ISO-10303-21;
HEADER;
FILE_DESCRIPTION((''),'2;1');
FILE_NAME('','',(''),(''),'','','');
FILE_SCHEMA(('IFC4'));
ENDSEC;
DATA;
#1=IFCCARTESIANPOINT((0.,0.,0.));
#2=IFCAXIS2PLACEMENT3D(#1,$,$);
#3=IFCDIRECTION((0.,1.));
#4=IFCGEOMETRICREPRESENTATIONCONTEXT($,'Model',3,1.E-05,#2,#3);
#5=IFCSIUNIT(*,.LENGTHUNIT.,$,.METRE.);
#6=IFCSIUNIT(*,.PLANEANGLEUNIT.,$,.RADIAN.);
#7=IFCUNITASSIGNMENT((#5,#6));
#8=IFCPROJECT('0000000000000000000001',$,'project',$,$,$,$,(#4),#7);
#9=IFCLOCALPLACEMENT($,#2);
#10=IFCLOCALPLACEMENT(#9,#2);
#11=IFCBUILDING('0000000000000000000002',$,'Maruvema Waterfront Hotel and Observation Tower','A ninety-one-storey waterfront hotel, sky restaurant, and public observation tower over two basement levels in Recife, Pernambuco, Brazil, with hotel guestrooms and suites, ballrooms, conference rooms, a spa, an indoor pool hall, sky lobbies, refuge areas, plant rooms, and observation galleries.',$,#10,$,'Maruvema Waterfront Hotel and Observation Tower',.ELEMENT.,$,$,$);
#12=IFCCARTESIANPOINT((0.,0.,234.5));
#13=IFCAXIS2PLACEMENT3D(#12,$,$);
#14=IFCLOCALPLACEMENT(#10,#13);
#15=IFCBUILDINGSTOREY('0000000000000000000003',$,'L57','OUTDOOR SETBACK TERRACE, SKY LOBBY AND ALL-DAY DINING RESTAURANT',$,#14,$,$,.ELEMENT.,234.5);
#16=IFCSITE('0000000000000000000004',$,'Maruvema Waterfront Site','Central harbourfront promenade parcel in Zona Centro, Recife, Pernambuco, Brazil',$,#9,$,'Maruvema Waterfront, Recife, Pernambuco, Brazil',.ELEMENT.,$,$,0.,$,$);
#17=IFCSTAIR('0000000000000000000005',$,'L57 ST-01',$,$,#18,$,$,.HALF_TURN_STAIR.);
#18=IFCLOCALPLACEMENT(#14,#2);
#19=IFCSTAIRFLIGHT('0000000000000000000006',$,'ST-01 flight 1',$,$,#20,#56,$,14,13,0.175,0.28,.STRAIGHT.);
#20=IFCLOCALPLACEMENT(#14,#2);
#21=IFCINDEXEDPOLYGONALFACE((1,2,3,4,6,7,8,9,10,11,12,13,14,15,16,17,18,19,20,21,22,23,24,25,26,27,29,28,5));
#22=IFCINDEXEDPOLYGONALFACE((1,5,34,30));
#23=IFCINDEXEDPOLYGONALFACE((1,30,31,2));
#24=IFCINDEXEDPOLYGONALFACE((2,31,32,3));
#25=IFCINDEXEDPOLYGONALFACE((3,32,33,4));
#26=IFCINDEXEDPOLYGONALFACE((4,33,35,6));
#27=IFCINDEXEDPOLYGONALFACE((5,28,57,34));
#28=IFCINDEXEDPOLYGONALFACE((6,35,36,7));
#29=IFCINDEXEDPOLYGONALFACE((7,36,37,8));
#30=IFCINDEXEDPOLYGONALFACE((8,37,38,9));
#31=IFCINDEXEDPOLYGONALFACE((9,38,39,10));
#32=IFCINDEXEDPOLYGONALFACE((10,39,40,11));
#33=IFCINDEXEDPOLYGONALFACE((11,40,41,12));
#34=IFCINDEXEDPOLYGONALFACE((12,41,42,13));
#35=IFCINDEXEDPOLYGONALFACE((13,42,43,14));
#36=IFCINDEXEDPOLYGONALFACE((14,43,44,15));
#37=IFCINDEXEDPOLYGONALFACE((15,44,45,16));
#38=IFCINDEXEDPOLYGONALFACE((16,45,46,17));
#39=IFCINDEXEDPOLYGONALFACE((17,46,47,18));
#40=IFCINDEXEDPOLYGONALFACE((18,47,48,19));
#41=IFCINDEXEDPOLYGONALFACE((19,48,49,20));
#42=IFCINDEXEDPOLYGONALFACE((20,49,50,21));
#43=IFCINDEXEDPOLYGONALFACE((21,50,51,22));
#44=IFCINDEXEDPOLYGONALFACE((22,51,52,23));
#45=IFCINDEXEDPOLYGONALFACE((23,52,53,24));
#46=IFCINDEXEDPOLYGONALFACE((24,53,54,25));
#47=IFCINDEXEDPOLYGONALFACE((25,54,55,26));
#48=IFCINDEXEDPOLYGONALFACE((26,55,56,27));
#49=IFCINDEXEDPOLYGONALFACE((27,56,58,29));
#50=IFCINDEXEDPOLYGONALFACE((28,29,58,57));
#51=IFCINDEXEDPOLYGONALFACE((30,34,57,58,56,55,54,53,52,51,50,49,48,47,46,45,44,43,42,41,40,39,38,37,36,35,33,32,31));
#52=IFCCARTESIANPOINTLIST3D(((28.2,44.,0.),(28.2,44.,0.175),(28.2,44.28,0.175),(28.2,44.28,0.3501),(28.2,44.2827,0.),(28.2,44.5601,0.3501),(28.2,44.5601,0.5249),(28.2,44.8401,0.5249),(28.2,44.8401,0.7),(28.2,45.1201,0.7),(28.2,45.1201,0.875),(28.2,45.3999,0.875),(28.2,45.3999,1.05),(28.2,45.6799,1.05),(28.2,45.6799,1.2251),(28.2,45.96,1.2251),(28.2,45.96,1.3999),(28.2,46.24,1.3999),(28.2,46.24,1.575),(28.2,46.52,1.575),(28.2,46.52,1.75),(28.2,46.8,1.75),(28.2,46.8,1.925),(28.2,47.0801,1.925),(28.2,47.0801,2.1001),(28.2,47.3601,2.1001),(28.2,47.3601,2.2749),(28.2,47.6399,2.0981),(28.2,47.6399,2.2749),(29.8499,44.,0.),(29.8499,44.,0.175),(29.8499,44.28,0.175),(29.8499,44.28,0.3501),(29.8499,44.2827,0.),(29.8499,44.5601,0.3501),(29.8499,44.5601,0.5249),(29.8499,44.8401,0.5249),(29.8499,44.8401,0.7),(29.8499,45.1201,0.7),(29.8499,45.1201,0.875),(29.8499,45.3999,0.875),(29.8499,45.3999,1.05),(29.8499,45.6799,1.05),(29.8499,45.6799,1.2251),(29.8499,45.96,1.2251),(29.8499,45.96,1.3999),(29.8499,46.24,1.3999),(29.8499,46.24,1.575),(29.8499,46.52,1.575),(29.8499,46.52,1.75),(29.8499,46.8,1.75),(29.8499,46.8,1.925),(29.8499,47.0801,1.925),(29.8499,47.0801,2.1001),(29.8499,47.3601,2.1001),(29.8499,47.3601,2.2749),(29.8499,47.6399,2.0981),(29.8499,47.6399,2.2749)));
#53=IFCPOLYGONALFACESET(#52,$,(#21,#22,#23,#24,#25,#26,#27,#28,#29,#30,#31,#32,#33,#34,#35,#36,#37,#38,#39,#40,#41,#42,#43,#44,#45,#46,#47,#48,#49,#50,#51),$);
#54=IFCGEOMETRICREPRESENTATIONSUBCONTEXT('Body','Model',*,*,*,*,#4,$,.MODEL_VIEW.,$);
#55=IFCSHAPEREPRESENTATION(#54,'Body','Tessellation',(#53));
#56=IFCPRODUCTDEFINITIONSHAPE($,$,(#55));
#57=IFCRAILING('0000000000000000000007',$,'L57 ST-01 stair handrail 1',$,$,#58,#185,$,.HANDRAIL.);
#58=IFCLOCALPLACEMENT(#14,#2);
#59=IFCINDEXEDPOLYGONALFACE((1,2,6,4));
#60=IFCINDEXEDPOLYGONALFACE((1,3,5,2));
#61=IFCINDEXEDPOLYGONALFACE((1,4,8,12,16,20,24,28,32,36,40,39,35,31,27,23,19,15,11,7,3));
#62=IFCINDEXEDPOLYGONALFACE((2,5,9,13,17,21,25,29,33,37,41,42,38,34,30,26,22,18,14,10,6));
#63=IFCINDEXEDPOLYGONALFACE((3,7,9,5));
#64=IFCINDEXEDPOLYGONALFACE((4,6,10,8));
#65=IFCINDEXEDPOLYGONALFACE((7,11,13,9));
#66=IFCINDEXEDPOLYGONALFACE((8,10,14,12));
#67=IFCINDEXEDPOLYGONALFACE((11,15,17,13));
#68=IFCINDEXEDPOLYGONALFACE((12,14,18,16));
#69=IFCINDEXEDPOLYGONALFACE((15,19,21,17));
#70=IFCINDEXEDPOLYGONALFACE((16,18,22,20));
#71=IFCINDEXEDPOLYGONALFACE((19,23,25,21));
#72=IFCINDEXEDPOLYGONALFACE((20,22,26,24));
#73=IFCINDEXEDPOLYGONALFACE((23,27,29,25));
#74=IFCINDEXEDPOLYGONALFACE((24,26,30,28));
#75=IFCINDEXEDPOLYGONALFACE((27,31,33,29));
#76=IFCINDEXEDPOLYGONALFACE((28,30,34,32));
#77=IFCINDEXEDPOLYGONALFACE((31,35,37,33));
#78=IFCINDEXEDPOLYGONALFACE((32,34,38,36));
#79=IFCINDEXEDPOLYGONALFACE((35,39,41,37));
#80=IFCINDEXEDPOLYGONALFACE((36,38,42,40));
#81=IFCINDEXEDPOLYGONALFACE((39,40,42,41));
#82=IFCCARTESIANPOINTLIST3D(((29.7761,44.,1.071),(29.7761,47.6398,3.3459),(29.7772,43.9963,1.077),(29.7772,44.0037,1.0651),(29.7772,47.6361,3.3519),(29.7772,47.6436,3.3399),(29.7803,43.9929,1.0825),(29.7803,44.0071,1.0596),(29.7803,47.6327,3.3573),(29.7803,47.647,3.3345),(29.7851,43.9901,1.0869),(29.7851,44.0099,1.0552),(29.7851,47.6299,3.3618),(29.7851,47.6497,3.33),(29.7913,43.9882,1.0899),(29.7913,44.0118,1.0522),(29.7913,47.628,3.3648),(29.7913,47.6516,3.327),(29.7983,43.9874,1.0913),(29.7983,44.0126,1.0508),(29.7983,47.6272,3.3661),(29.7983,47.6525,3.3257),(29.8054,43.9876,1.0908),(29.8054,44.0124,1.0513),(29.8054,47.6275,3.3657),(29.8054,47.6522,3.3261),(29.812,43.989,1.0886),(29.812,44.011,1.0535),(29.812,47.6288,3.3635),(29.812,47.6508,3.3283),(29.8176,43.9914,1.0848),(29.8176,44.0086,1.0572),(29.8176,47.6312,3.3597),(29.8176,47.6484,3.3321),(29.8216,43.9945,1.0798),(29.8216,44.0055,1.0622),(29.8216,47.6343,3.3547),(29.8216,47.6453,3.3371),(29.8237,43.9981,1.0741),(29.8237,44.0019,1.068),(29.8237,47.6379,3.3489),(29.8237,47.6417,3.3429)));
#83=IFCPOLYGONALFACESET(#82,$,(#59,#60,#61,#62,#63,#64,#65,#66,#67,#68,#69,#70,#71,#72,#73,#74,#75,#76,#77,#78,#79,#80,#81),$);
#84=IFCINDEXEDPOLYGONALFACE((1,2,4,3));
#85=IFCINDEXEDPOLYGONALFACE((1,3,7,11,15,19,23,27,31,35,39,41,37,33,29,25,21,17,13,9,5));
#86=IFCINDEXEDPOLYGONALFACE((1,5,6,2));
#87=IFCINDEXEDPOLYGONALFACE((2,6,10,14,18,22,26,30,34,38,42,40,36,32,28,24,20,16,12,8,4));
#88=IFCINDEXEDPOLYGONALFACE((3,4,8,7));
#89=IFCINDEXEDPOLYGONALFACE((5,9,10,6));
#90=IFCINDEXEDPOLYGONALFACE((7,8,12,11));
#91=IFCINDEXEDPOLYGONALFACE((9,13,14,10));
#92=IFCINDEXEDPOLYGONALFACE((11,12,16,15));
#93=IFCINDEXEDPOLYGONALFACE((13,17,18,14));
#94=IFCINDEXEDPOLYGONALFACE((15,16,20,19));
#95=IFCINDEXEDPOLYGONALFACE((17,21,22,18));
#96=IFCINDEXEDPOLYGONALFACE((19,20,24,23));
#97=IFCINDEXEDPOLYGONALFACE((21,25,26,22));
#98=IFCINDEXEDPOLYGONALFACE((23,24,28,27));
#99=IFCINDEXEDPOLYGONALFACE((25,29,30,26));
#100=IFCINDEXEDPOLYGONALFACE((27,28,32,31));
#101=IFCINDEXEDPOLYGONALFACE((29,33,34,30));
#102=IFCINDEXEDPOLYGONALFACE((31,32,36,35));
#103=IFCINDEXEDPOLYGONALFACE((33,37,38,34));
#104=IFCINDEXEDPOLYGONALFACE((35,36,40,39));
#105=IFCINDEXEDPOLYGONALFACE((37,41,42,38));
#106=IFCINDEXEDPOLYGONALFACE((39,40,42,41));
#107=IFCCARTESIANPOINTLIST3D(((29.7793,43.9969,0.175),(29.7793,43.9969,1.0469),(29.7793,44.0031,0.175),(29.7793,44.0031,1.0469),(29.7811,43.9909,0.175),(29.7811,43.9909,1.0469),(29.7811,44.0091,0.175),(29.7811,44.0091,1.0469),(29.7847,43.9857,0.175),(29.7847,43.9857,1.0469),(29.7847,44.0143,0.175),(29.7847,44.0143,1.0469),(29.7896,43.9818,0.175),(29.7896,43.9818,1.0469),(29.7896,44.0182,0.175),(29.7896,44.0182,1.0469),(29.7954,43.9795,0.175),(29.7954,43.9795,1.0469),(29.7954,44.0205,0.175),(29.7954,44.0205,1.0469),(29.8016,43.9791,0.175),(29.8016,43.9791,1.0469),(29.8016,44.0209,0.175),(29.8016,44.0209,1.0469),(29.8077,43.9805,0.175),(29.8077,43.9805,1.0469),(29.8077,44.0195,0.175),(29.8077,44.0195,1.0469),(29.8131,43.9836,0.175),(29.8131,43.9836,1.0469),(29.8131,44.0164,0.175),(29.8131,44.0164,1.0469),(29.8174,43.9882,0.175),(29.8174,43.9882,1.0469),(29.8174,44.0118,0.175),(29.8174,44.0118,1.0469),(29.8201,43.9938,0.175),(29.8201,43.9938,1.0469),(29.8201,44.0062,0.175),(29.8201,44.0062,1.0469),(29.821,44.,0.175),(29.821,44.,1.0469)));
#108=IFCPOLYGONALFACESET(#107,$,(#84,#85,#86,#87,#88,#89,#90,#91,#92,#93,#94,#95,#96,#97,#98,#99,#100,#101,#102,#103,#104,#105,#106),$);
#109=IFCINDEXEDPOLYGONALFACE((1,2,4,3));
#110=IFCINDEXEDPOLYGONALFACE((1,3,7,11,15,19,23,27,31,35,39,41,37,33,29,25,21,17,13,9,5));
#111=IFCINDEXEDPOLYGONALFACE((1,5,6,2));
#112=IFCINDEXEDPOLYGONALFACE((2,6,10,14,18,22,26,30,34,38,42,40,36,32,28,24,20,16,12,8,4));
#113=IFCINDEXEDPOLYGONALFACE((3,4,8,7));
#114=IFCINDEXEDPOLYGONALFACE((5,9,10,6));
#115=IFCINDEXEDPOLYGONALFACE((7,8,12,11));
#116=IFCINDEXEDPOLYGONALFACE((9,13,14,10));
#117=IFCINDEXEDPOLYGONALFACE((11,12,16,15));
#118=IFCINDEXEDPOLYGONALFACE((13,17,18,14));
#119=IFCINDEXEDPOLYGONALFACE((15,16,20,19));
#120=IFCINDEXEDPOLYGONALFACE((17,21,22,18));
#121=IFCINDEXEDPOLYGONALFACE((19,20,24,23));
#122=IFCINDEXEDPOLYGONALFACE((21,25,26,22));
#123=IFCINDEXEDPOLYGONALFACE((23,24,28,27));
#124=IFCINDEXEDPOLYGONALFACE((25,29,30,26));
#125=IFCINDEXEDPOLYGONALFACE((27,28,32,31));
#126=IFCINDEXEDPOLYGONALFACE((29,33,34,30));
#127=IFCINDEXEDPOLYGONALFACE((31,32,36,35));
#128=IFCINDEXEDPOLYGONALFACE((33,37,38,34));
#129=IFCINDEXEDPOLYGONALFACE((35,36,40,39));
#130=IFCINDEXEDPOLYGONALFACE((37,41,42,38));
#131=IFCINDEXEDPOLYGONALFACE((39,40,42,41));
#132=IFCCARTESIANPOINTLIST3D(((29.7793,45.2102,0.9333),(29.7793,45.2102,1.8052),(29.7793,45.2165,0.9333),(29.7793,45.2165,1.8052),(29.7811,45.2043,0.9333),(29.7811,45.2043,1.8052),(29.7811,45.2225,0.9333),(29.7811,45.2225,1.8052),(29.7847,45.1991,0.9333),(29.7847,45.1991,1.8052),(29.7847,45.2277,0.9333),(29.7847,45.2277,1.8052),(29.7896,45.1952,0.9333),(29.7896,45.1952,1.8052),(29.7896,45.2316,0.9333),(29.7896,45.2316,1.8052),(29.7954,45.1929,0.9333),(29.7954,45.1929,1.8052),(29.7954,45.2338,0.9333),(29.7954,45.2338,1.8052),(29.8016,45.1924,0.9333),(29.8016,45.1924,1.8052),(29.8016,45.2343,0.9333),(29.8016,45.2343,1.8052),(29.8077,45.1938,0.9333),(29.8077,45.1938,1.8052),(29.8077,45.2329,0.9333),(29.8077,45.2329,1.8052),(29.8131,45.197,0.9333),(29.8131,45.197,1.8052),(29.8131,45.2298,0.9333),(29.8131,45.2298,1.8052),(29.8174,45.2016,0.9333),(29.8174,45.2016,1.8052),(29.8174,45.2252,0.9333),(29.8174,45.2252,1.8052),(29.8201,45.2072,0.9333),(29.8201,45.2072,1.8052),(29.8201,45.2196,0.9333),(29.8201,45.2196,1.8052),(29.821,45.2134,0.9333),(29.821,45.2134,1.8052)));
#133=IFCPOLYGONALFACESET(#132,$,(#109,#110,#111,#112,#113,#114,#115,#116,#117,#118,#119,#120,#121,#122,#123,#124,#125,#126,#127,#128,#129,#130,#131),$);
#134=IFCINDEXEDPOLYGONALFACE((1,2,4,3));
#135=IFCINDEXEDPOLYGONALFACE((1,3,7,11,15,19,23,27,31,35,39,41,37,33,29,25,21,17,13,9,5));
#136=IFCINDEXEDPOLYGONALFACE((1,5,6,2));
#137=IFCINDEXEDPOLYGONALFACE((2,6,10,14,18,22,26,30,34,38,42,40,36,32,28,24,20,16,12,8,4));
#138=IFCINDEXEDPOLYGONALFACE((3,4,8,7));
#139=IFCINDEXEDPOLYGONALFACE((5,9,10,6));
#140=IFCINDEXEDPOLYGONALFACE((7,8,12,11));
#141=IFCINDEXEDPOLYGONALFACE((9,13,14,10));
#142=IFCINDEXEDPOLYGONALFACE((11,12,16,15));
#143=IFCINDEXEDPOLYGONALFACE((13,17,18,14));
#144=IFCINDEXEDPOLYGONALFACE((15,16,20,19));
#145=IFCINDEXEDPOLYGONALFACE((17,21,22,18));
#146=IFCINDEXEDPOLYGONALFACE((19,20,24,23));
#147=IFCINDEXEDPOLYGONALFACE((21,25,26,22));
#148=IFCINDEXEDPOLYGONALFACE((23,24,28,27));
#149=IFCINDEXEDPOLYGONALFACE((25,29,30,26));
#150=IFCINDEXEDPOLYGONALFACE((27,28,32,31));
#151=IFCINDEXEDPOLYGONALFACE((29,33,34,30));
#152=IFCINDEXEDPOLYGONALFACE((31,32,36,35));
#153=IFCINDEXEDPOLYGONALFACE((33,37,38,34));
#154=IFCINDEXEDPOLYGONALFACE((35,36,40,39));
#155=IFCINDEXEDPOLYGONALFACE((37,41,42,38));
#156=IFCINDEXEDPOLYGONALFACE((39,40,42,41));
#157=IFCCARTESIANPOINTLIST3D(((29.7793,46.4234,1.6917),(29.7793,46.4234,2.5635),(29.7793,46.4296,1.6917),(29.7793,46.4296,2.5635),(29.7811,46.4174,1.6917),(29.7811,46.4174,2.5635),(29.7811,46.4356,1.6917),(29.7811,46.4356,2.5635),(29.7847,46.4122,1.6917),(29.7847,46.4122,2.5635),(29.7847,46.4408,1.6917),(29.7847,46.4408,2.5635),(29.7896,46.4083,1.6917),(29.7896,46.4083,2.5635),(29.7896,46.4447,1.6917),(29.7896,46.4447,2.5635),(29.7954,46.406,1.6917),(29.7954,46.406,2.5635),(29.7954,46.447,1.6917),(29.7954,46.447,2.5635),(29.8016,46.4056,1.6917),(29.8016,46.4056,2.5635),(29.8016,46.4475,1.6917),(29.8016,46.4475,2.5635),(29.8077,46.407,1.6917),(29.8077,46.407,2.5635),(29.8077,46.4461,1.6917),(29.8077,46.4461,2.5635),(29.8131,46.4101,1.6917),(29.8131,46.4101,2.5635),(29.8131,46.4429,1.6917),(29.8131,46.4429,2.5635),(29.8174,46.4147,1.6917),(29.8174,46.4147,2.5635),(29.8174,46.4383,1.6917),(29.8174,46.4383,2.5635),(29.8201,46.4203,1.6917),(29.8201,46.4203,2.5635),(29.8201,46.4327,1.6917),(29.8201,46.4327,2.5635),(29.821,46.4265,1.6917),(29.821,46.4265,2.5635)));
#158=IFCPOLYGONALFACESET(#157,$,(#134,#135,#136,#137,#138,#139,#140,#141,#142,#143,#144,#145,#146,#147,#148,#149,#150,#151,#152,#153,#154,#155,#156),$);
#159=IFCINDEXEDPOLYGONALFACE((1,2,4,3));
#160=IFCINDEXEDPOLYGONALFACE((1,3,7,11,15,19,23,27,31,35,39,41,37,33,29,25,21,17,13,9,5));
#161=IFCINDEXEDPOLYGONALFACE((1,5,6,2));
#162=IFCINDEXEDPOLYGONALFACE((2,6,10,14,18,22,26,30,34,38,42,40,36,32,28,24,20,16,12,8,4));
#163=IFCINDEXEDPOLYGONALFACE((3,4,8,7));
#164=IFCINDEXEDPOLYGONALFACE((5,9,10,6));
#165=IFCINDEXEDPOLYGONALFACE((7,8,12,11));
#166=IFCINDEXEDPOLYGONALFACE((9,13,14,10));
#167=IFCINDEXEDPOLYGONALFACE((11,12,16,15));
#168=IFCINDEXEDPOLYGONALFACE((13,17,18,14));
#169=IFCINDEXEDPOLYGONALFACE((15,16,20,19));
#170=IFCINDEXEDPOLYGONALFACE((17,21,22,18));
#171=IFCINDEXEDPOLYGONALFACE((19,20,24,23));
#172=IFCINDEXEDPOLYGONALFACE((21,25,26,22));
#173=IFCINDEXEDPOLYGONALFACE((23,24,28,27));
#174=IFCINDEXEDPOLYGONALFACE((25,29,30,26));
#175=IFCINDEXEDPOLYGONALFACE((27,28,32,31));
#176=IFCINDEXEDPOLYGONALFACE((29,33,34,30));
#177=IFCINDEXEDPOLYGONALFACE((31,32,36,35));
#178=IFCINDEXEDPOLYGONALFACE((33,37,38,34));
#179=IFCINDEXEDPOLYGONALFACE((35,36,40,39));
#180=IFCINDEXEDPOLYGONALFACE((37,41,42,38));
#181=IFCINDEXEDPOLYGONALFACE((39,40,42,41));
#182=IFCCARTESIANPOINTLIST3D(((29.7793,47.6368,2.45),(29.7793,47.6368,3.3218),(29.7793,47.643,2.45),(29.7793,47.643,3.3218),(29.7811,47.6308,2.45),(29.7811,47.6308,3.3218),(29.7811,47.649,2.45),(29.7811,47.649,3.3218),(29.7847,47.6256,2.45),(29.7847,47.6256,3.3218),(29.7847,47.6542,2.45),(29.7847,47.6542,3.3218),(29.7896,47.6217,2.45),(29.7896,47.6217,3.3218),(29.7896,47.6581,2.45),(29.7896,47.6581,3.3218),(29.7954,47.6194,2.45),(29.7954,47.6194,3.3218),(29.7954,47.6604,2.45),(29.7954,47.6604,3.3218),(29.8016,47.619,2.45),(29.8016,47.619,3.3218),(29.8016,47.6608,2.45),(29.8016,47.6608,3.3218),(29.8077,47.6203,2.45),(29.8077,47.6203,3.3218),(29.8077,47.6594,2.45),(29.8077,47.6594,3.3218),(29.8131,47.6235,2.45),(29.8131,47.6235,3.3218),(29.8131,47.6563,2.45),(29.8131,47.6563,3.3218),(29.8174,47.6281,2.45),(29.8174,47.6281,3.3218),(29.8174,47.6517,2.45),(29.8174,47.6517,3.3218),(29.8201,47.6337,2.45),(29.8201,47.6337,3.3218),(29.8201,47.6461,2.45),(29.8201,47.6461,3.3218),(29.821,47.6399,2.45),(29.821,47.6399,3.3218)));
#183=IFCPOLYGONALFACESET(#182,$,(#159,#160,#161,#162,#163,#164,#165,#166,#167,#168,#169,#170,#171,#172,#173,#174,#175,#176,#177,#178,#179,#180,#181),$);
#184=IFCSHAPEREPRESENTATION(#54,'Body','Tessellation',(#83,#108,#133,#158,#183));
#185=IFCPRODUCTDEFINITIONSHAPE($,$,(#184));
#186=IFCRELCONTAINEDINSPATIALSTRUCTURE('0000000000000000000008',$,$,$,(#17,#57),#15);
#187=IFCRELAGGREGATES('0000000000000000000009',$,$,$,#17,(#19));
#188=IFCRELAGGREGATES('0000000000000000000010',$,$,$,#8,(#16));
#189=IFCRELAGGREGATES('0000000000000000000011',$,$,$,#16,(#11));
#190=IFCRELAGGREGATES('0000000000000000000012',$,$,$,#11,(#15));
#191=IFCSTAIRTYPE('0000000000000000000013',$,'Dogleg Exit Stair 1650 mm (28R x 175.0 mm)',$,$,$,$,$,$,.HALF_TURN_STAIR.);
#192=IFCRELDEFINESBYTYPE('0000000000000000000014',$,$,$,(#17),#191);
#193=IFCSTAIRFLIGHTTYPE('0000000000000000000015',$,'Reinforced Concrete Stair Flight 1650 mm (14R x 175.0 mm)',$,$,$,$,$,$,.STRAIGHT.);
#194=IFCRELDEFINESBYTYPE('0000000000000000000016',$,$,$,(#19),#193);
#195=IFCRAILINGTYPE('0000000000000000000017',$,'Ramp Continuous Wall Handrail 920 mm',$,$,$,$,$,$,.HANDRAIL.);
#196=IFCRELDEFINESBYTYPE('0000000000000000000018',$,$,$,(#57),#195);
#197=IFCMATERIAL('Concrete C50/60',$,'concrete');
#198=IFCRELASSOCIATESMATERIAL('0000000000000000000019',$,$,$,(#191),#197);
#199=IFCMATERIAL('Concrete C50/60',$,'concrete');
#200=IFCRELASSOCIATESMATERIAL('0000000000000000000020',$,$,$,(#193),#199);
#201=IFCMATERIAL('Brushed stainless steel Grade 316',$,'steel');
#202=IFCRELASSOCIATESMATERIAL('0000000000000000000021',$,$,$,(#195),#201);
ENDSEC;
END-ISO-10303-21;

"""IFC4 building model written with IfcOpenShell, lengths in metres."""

from ifc_helpers import new_model, si_unit, direction, frame, origin, origin_2d, place, context, subcontext, project, spatial, polyline, circle, outline, extrude, material, type_object, element, aggregate, save


model = new_model("IFC4")

# Units and contexts
model_context = context("Model", 3, precision=1e-05, world=origin(), true_north=direction((0.0, 1.0)))
body_context = subcontext(model_context, "Body", "Model", "MODEL_VIEW")
ifc_project = project(units=[si_unit("LENGTHUNIT", "METRE"), si_unit("PLANEANGLEUNIT", "RADIAN")], contexts=[model_context])

# Site, building, storey
site_placement = place(None, origin())
site = spatial("IfcSite", under=ifc_project, at=site_placement, Name="Maruvema Waterfront Site", Description="Central harbourfront promenade parcel in Zona Centro, Recife, Pernambuco, Brazil", LongName="Maruvema Waterfront, Recife, Pernambuco, Brazil", CompositionType="ELEMENT", RefElevation=0.0)
building_placement = place(site_placement, origin())
building = spatial("IfcBuilding", under=site, at=building_placement, Name="Maruvema Waterfront Hotel and Observation Tower", Description="A ninety-one-storey waterfront hotel, sky restaurant, and public observation tower over two basement levels in Recife, Pernambuco, Brazil, with hotel guestrooms and suites, ballrooms, conference rooms, a spa, an indoor pool hall, sky lobbies, refuge areas, plant rooms, and observation galleries.", LongName="Maruvema Waterfront Hotel and Observation Tower", CompositionType="ELEMENT")
storey_placement = place(building_placement, frame((0.0, 0.0, 234.5)))
storey = spatial("IfcBuildingStorey", under=building, at=storey_placement, Name="L57", Description="OUTDOOR SETBACK TERRACE, SKY LOBBY AND ALL-DAY DINING RESTAURANT", CompositionType="ELEMENT", Elevation=234.5)

# Stair, stair flight
ifc_material_1 = material(Name="Concrete C50/60", Category="concrete")
stair_type = type_object("IfcStairType", Name="Dogleg Exit Stair 1650 mm (28R x 175.0 mm)", PredefinedType="HALF_TURN_STAIR", material=ifc_material_1)
stair_placement = place(storey_placement, origin())
stair = element("IfcStair", 1, at=stair_placement, inside=storey, type_object=stair_type, Name="L57 ST-01", PredefinedType="HALF_TURN_STAIR")
ifc_material_2 = material(Name="Concrete C50/60", Category="concrete")
stair_flight_type = type_object("IfcStairFlightType", Name="Reinforced Concrete Stair Flight 1650 mm (14R x 175.0 mm)", PredefinedType="STRAIGHT", material=ifc_material_2)
stair_flight_placement = place(storey_placement, frame((29.0249, 44.0, 0.0), z_axis=(0.0, 0.0, 1.0), x_axis=(0.0, 1.0, 0.0)))
stair_flight = element("IfcStairFlight", 2, at=stair_flight_placement, type_object=stair_flight_type, Name="ST-01 flight 1", NumberOfRisers=14, NumberOfTreads=13, PredefinedType="STRAIGHT", RiserHeight=0.175, TreadLength=0.28, context=body_context, shape_type="SweptSolid", body=[
    extrude(outline(polyline([(0.0, 0.0), (0.0, 0.175), (0.28, 0.175), (0.28, 0.3501), (0.5601, 0.3501), (0.5601, 0.5249), (0.8401, 0.5249), (0.8401, 0.7), (1.1201, 0.7), (1.1201, 0.875), (1.3999, 0.875), (1.3999, 1.05), (1.6799, 1.05), (1.6799, 1.2251), (1.96, 1.2251), (1.96, 1.3999), (2.24, 1.3999), (2.24, 1.575), (2.52, 1.575), (2.52, 1.75), (2.8, 1.75), (2.8, 1.925), (3.0801, 1.925), (3.0801, 2.1001), (3.3601, 2.1001), (3.3601, 2.2749), (3.6399, 2.2749), (3.6399, 2.45), (3.6399, 2.0981), (0.2827, 0.0), (0.0, 0.0)])), frame((0.0, 0.825, 0.0), z_axis=(0.0, -1.0, 0.0), x_axis=(1.0, 0.0, 0.0)), (0.0, 0.0, 1.0), 1.6499),
])
aggregate(stair, [stair_flight])

# Railing
ifc_material_3 = material(Name="Brushed stainless steel Grade 316", Category="steel")
railing_type_1 = type_object("IfcRailingType", Name="Ramp Continuous Wall Handrail 920 mm", PredefinedType="HANDRAIL", material=ifc_material_3)
railing_1_placement = place(storey_placement, frame((29.8, 44.0, 0.175)))
element("IfcRailing", 3, at=railing_1_placement, inside=storey, type_object=railing_type_1, Name="L57 ST-01 stair handrail 1", PredefinedType="HANDRAIL", context=body_context, shape_type="SweptSolid", body=[
    extrude(circle(Radius=0.0239, at=origin_2d()), frame((0.0, 0.0, 0.896), z_axis=(0.0, 0.848001, 0.529994), x_axis=(-1.0, 0.0, 0.0)), (0.0, 0.0, 1.0), 4.2922),
    extrude(circle(Radius=0.021, at=origin_2d()), origin(), (0.0, 0.0, 1.0), 0.8718),
    extrude(circle(Radius=0.021, at=origin_2d()), frame((0.0, 1.2134, 0.7583)), (0.0, 0.0, 1.0), 0.8718),
    extrude(circle(Radius=0.021, at=origin_2d()), frame((0.0, 2.4265, 1.5166)), (0.0, 0.0, 1.0), 0.8718),
    extrude(circle(Radius=0.021, at=origin_2d()), frame((0.0, 3.6399, 2.2749)), (0.0, 0.0, 1.0), 0.8718),
])

save(model, "model.ifc")
